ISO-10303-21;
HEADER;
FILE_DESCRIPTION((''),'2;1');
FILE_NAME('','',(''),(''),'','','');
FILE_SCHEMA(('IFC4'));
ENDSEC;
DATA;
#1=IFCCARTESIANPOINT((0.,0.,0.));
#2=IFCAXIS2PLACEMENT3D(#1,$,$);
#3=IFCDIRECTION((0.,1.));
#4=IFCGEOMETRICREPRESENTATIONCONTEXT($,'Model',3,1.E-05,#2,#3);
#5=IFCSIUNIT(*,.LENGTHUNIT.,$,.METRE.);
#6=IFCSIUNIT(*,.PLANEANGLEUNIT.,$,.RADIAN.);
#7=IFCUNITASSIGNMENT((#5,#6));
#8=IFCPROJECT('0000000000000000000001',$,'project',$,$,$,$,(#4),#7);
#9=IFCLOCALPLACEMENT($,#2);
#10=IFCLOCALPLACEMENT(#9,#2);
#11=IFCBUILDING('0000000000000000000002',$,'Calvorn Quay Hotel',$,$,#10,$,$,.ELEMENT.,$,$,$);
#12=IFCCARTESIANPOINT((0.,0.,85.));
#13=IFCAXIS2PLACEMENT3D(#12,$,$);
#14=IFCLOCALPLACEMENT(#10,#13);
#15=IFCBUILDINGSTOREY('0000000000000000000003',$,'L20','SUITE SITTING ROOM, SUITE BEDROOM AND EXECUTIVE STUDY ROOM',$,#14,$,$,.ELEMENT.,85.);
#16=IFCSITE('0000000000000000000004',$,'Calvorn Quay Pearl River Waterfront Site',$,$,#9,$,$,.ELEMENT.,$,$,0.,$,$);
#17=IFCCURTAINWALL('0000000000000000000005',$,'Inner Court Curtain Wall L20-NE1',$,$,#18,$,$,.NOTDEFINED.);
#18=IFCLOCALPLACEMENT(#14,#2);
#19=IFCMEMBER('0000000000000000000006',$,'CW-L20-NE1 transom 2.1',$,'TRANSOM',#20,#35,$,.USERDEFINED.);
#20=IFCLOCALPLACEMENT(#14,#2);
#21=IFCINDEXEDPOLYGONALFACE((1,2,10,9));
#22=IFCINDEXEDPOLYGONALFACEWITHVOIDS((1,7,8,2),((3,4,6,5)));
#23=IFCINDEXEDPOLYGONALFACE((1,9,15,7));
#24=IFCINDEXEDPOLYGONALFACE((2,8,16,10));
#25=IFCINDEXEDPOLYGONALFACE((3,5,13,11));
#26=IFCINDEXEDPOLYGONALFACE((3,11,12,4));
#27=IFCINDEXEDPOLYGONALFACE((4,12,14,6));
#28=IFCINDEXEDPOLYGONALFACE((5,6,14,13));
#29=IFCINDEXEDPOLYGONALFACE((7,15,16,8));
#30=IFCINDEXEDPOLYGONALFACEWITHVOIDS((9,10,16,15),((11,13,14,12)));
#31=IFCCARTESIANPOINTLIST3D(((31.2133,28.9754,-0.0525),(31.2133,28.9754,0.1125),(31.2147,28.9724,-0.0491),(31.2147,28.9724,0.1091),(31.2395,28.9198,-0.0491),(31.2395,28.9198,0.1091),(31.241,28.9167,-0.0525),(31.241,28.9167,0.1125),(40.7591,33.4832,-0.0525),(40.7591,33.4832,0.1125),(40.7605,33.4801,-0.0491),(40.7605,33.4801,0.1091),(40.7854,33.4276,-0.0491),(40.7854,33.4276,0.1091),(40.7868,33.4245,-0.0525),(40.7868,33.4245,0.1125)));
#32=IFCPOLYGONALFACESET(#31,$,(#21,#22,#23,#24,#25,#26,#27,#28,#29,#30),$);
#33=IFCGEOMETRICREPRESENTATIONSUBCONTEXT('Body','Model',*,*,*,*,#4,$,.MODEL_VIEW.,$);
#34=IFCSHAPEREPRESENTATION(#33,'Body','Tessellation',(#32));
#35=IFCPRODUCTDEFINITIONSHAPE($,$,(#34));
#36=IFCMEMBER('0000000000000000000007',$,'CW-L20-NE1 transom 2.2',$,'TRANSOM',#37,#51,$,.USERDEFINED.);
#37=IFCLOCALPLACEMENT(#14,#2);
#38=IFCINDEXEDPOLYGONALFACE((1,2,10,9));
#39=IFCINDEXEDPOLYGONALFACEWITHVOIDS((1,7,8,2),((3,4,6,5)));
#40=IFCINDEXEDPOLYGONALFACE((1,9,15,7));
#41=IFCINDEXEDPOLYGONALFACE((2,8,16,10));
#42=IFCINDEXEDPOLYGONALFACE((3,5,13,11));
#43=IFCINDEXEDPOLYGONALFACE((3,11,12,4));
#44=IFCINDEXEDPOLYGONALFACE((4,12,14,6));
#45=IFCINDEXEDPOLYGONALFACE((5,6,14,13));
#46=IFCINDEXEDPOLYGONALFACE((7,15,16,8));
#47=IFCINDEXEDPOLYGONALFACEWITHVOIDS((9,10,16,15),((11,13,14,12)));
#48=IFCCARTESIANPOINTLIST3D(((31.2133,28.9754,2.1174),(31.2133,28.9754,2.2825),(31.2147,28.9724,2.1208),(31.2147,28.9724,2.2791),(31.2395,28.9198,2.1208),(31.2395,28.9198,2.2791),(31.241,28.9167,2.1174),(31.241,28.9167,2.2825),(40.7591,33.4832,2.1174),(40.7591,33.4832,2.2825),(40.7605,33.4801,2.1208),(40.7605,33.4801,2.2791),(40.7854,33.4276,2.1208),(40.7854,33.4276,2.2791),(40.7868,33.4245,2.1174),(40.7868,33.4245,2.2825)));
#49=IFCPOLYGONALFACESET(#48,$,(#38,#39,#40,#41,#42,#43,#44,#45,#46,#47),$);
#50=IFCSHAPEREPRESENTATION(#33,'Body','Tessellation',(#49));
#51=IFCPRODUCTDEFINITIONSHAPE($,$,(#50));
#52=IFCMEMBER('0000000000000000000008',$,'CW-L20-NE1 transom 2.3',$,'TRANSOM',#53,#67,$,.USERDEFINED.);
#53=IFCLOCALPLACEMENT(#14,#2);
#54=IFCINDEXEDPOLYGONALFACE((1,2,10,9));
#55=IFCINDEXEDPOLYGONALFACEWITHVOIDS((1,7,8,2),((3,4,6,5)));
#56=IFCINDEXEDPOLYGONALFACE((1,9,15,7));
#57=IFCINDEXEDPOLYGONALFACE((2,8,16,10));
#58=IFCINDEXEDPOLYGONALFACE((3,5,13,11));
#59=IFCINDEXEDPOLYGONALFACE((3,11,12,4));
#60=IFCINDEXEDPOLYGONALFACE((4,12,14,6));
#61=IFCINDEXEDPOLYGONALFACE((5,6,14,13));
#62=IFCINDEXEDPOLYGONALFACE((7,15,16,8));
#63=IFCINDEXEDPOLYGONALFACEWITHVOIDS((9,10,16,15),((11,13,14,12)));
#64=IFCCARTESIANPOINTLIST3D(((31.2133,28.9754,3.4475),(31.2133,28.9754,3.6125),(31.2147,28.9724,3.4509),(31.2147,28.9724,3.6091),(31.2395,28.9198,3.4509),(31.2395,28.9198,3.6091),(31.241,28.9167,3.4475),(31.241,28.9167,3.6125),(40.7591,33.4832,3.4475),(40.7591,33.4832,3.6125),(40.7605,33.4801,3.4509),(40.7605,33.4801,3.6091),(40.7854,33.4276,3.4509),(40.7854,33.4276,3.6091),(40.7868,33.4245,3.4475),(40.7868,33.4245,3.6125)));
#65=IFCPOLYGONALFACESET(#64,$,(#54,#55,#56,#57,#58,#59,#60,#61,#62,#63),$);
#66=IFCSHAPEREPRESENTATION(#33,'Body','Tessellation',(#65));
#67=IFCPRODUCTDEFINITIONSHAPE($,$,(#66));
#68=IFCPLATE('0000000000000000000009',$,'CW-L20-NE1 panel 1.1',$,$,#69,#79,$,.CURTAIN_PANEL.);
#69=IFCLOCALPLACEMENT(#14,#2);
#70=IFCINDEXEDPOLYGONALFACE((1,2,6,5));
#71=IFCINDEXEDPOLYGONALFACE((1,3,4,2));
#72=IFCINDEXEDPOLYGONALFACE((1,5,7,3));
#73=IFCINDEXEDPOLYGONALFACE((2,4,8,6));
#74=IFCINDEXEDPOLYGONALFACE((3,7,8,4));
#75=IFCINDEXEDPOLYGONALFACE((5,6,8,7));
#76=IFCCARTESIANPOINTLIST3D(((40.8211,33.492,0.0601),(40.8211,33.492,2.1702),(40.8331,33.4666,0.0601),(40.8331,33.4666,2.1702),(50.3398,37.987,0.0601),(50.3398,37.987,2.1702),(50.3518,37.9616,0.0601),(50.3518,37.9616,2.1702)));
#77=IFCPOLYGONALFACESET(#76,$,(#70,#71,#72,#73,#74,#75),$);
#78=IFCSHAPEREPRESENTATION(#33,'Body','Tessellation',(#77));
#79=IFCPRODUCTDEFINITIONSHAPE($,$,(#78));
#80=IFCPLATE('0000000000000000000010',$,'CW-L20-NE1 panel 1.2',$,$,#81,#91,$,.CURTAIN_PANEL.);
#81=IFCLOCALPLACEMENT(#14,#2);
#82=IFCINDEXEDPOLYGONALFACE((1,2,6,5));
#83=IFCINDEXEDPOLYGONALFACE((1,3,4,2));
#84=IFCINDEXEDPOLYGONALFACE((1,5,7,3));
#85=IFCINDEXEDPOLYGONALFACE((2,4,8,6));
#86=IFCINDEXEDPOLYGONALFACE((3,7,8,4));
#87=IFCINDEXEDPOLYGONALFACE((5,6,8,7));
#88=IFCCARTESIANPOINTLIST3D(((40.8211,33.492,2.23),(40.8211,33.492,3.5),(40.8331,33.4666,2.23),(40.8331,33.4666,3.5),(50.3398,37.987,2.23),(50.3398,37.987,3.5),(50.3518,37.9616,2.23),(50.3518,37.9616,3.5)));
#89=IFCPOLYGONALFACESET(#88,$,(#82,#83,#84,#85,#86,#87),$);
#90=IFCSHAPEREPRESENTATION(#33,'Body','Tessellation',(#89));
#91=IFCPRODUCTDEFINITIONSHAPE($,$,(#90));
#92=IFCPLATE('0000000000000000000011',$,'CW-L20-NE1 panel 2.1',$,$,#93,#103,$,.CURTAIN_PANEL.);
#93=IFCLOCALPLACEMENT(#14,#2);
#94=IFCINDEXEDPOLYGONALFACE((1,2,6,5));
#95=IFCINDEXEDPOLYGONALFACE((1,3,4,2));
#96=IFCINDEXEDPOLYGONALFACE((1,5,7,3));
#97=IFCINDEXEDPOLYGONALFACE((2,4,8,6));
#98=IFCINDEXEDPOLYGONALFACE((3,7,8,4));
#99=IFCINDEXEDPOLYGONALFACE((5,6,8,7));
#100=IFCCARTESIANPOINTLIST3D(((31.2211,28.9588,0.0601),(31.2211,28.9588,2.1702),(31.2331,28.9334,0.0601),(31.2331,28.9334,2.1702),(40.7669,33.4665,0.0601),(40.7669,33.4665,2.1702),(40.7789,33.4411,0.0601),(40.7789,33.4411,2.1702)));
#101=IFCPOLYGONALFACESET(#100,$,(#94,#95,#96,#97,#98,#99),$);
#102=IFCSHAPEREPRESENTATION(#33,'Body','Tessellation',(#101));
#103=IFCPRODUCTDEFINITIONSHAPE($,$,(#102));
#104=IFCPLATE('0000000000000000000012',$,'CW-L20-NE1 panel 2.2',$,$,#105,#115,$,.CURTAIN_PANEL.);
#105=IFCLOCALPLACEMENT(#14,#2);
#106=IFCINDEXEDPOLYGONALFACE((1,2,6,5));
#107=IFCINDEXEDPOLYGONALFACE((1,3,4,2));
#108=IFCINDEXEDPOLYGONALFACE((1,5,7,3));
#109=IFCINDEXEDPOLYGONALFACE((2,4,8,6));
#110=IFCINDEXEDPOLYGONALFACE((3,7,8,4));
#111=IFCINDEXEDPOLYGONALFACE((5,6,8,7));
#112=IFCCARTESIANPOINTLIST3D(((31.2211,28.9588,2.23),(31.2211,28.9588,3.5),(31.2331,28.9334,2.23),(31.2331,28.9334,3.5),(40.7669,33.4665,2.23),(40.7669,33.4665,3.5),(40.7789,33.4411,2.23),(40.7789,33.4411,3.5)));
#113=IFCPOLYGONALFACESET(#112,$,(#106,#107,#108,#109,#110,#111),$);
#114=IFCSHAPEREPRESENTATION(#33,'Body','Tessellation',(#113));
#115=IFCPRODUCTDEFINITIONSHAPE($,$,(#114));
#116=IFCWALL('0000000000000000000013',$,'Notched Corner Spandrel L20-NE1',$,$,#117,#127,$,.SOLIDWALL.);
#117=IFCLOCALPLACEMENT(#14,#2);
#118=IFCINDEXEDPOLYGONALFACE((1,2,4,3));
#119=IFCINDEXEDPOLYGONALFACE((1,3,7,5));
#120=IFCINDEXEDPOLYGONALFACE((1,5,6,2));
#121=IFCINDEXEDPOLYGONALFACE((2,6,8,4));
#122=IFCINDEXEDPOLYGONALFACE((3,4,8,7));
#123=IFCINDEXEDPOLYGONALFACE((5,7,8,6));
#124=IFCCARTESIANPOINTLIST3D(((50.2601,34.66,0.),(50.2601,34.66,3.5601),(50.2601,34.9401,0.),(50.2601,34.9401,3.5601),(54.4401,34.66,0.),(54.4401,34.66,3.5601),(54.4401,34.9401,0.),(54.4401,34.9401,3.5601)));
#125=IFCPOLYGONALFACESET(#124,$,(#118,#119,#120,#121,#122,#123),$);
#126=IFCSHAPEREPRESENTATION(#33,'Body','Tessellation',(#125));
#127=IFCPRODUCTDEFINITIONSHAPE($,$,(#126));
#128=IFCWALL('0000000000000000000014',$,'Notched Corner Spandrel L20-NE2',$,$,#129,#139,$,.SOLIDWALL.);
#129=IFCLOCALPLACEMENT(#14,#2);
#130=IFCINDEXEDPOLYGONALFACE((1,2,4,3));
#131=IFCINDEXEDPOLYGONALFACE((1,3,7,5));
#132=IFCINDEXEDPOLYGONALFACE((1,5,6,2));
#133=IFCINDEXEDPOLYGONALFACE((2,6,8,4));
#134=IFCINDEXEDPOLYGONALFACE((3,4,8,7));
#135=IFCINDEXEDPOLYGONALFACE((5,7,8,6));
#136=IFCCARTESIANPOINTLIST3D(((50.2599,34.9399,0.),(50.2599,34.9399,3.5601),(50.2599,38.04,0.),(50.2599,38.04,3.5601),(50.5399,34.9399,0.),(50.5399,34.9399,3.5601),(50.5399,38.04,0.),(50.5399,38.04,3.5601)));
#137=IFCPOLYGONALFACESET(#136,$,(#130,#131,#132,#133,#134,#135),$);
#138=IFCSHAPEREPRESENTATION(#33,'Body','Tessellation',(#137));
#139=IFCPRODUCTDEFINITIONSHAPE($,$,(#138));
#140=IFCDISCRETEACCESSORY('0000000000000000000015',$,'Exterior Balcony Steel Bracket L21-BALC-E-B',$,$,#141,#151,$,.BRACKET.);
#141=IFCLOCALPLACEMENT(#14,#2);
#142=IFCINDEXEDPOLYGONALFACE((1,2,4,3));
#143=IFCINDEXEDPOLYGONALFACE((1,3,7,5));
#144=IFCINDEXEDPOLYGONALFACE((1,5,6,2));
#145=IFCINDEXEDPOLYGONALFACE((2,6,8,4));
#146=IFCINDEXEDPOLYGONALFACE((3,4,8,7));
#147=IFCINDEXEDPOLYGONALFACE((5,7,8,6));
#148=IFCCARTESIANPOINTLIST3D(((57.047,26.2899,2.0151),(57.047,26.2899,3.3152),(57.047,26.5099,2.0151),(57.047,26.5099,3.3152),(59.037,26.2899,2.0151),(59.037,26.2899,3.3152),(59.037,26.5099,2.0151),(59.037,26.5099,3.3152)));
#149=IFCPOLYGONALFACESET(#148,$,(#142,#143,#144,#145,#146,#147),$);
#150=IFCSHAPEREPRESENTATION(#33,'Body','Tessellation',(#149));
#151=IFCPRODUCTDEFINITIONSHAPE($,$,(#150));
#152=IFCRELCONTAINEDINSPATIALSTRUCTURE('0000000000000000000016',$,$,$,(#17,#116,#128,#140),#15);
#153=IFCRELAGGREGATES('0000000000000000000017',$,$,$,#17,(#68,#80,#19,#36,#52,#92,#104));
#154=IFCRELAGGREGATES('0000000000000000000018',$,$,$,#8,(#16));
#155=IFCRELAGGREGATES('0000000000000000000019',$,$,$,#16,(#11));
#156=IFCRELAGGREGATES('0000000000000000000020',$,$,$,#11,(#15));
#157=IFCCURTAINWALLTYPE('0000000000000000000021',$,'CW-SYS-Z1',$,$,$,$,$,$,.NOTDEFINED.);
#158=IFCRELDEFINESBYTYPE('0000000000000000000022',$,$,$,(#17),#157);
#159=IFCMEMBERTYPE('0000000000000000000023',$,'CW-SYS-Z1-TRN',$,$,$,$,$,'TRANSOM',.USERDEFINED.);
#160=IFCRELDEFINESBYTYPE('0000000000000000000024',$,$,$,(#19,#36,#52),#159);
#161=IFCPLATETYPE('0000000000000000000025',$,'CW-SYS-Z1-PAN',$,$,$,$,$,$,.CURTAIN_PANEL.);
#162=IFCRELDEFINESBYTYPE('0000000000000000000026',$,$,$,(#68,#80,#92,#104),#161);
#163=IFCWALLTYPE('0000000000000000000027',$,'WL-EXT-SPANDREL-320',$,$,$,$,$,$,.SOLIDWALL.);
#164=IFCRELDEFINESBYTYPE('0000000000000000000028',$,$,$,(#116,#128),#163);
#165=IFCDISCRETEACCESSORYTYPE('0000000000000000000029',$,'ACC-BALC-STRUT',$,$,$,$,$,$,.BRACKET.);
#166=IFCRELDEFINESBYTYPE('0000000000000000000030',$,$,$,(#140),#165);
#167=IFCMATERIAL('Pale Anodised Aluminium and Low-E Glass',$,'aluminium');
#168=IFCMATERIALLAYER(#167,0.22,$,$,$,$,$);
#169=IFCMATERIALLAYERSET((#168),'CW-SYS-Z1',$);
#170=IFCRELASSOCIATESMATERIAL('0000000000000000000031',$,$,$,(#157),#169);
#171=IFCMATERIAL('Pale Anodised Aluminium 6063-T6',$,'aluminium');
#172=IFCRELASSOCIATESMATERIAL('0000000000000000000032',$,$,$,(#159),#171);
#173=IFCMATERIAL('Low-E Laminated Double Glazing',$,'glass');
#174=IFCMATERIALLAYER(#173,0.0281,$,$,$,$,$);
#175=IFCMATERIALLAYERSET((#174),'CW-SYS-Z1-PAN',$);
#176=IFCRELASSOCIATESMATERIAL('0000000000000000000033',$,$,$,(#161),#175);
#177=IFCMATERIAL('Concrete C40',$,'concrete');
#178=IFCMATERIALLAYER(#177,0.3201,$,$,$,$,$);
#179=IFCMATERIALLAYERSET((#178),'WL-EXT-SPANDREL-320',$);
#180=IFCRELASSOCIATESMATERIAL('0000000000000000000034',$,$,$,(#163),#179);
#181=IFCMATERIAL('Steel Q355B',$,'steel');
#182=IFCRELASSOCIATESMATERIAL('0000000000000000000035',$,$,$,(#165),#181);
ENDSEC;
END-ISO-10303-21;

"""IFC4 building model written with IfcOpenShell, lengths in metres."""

from ifc_helpers import new_model, si_unit, direction, frame, frame_2d, origin, origin_2d, place, context, subcontext, project, spatial, rectangle, hollow_rectangle, extrude, material, layer, layer_set, material_profile, profile_set, type_object, element, aggregate, save


model = new_model("IFC4")

# Units and contexts
model_context = context("Model", 3, precision=1e-05, world=origin(), true_north=direction((0.0, 1.0)))
body_context = subcontext(model_context, "Body", "Model", "MODEL_VIEW")
ifc_project = project(units=[si_unit("LENGTHUNIT", "METRE"), si_unit("PLANEANGLEUNIT", "RADIAN")], contexts=[model_context])

# Site, building, storey
site_placement = place(None, origin())
site = spatial("IfcSite", under=ifc_project, at=site_placement, Name="Calvorn Quay Pearl River Waterfront Site", CompositionType="ELEMENT", RefElevation=0.0)
building_placement = place(site_placement, origin())
building = spatial("IfcBuilding", under=site, at=building_placement, Name="Calvorn Quay Hotel", CompositionType="ELEMENT")
storey_placement = place(building_placement, frame((0.0, 0.0, 85.0)))
storey = spatial("IfcBuildingStorey", under=building, at=storey_placement, Name="L20", Description="SUITE SITTING ROOM, SUITE BEDROOM AND EXECUTIVE STUDY ROOM", CompositionType="ELEMENT", Elevation=85.0)

# Curtain wall, members, plates
ifc_material_1 = material(Name="Pale Anodised Aluminium and Low-E Glass", Category="aluminium")
ifc_layer_1 = layer(ifc_material_1, 0.22)
ifc_layer_set_1 = layer_set([ifc_layer_1], Name="CW-SYS-Z1")
curtain_wall_type = type_object("IfcCurtainWallType", Name="CW-SYS-Z1", PredefinedType="NOTDEFINED", material=ifc_layer_set_1)
curtain_wall_placement = place(storey_placement, origin())
curtain_wall = element("IfcCurtainWall", 1, at=curtain_wall_placement, inside=storey, type_object=curtain_wall_type, Name="Inner Court Curtain Wall L20-NE1", PredefinedType="NOTDEFINED")
ifc_material_2 = material(Name="Pale Anodised Aluminium 6063-T6", Category="aluminium")
ifc_material_profile_1 = material_profile(ifc_material_2, hollow_rectangle(XDim=0.0649, YDim=0.165, WallThickness=0.0034, at=origin_2d()), Name="ALU-T165x65x3.5")
ifc_profile_set_1 = profile_set([ifc_material_profile_1], Name="Pale Anodised Aluminium 6063-T6")
member_type_1 = type_object("IfcMemberType", Name="CW-SYS-Z1-TRN", ElementType="TRANSOM", PredefinedType="USERDEFINED", material=ifc_profile_set_1)
member_1_placement = place(storey_placement, frame((40.7729, 33.4539, 0.03), z_axis=(-0.904248, -0.427008, 0.0), x_axis=(0.427008, -0.904248, 0.0)))
member_1 = element("IfcMember", 2, at=member_1_placement, type_object=member_type_1, Name="CW-L20-NE1 transom 2.1", ObjectType="TRANSOM", PredefinedType="USERDEFINED", context=body_context, shape_type="SweptSolid", body=[
    extrude(hollow_rectangle(XDim=0.0649, YDim=0.165, WallThickness=0.0034, at=origin_2d()), origin(), (0.0, 0.0, 1.0), 10.5566),
])
member_2_placement = place(storey_placement, frame((40.7729, 33.4539, 2.2), z_axis=(-0.904248, -0.427008, 0.0), x_axis=(0.427008, -0.904248, 0.0)))
member_2 = element("IfcMember", 3, at=member_2_placement, type_object=member_type_1, Name="CW-L20-NE1 transom 2.2", ObjectType="TRANSOM", PredefinedType="USERDEFINED", context=body_context, shape_type="SweptSolid", body=[
    extrude(hollow_rectangle(XDim=0.0649, YDim=0.165, WallThickness=0.0034, at=origin_2d()), origin(), (0.0, 0.0, 1.0), 10.5566),
])
member_3_placement = place(storey_placement, frame((40.7729, 33.4539, 3.53), z_axis=(-0.904248, -0.427008, 0.0), x_axis=(0.427008, -0.904248, 0.0)))
member_3 = element("IfcMember", 4, at=member_3_placement, type_object=member_type_1, Name="CW-L20-NE1 transom 2.3", ObjectType="TRANSOM", PredefinedType="USERDEFINED", context=body_context, shape_type="SweptSolid", body=[
    extrude(hollow_rectangle(XDim=0.0649, YDim=0.165, WallThickness=0.0034, at=origin_2d()), origin(), (0.0, 0.0, 1.0), 10.5566),
])
ifc_material_3 = material(Name="Low-E Laminated Double Glazing", Category="glass")
ifc_layer_2 = layer(ifc_material_3, 0.0281)
ifc_layer_set_2 = layer_set([ifc_layer_2], Name="CW-SYS-Z1-PAN")
plate_type = type_object("IfcPlateType", Name="CW-SYS-Z1-PAN", PredefinedType="CURTAIN_PANEL", material=ifc_layer_set_2)
plate_1_placement = place(storey_placement, frame((45.5864, 35.7268, 0.0601), z_axis=(0.0, 0.0, 1.0), x_axis=(-0.904249, -0.427006, 0.0)))
plate_1 = element("IfcPlate", 5, at=plate_1_placement, type_object=plate_type, Name="CW-L20-NE1 panel 1.1", PredefinedType="CURTAIN_PANEL", context=body_context, shape_type="SweptSolid", body=[
    extrude(rectangle(XDim=10.5266, YDim=0.0281, at=origin_2d()), origin(), (0.0, 0.0, 1.0), 2.1101),
])
plate_2_placement = place(storey_placement, frame((45.5864, 35.7268, 2.23), z_axis=(0.0, 0.0, 1.0), x_axis=(-0.904249, -0.427006, 0.0)))
plate_2 = element("IfcPlate", 6, at=plate_2_placement, type_object=plate_type, Name="CW-L20-NE1 panel 1.2", PredefinedType="CURTAIN_PANEL", context=body_context, shape_type="SweptSolid", body=[
    extrude(rectangle(XDim=10.5266, YDim=0.0281, at=origin_2d()), origin(), (0.0, 0.0, 1.0), 1.27),
])
plate_3_placement = place(storey_placement, frame((36.0, 31.2, 0.0601), z_axis=(0.0, 0.0, 1.0), x_axis=(-0.904249, -0.427006, 0.0)))
plate_3 = element("IfcPlate", 7, at=plate_3_placement, type_object=plate_type, Name="CW-L20-NE1 panel 2.1", PredefinedType="CURTAIN_PANEL", context=body_context, shape_type="SweptSolid", body=[
    extrude(rectangle(XDim=10.5566, YDim=0.0281, at=origin_2d()), origin(), (0.0, 0.0, 1.0), 2.1101),
])
plate_4_placement = place(storey_placement, frame((36.0, 31.2, 2.23), z_axis=(0.0, 0.0, 1.0), x_axis=(-0.904249, -0.427006, 0.0)))
plate_4 = element("IfcPlate", 8, at=plate_4_placement, type_object=plate_type, Name="CW-L20-NE1 panel 2.2", PredefinedType="CURTAIN_PANEL", context=body_context, shape_type="SweptSolid", body=[
    extrude(rectangle(XDim=10.5566, YDim=0.0281, at=origin_2d()), origin(), (0.0, 0.0, 1.0), 1.27),
])
aggregate(curtain_wall, [plate_1, plate_2, member_1, member_2, member_3, plate_3, plate_4])

# Walls
ifc_material_4 = material(Name="Concrete C40", Category="concrete")
ifc_layer_3 = layer(ifc_material_4, 0.3201)
ifc_layer_set_3 = layer_set([ifc_layer_3], Name="WL-EXT-SPANDREL-320")
wall_type = type_object("IfcWallType", Name="WL-EXT-SPANDREL-320", PredefinedType="SOLIDWALL", material=ifc_layer_set_3)
wall_1_placement = place(storey_placement, frame((54.4399, 34.8, 0.0), z_axis=(0.0, 0.0, 1.0), x_axis=(-1.0, 0.0, 0.0)))
element("IfcWall", 9, at=wall_1_placement, inside=storey, type_object=wall_type, Name="Notched Corner Spandrel L20-NE1", PredefinedType="SOLIDWALL", context=body_context, shape_type="SweptSolid", body=[
    extrude(rectangle(XDim=4.1799, YDim=0.28, at=frame_2d((2.0898, 0.0))), origin(), (0.0, 0.0, 1.0), 3.5601),
])
wall_2_placement = place(storey_placement, frame((50.3999, 34.9399, 0.0), z_axis=(0.0, 0.0, 1.0), x_axis=(0.0, 1.0, 0.0)))
element("IfcWall", 10, at=wall_2_placement, inside=storey, type_object=wall_type, Name="Notched Corner Spandrel L20-NE2", PredefinedType="SOLIDWALL", context=body_context, shape_type="SweptSolid", body=[
    extrude(rectangle(XDim=3.1001, YDim=0.28, at=frame_2d((1.55, 0.0))), origin(), (0.0, 0.0, 1.0), 3.5601),
])

# Discrete accessory
ifc_material_5 = material(Name="Steel Q355B", Category="steel")
discrete_accessory_type = type_object("IfcDiscreteAccessoryType", Name="ACC-BALC-STRUT", PredefinedType="BRACKET", material=ifc_material_5)
discrete_accessory_placement = place(storey_placement, frame((58.042, 26.3999, 2.0151), z_axis=(0.0, 0.0, 1.0), x_axis=(1.0, 0.0, 0.0)))
element("IfcDiscreteAccessory", 11, at=discrete_accessory_placement, inside=storey, type_object=discrete_accessory_type, Name="Exterior Balcony Steel Bracket L21-BALC-E-B", PredefinedType="BRACKET", context=body_context, shape_type="SweptSolid", body=[
    extrude(rectangle(XDim=1.99, YDim=0.22, at=origin_2d()), origin(), (0.0, 0.0, 1.0), 1.3),
])

save(model, "model.ifc")
